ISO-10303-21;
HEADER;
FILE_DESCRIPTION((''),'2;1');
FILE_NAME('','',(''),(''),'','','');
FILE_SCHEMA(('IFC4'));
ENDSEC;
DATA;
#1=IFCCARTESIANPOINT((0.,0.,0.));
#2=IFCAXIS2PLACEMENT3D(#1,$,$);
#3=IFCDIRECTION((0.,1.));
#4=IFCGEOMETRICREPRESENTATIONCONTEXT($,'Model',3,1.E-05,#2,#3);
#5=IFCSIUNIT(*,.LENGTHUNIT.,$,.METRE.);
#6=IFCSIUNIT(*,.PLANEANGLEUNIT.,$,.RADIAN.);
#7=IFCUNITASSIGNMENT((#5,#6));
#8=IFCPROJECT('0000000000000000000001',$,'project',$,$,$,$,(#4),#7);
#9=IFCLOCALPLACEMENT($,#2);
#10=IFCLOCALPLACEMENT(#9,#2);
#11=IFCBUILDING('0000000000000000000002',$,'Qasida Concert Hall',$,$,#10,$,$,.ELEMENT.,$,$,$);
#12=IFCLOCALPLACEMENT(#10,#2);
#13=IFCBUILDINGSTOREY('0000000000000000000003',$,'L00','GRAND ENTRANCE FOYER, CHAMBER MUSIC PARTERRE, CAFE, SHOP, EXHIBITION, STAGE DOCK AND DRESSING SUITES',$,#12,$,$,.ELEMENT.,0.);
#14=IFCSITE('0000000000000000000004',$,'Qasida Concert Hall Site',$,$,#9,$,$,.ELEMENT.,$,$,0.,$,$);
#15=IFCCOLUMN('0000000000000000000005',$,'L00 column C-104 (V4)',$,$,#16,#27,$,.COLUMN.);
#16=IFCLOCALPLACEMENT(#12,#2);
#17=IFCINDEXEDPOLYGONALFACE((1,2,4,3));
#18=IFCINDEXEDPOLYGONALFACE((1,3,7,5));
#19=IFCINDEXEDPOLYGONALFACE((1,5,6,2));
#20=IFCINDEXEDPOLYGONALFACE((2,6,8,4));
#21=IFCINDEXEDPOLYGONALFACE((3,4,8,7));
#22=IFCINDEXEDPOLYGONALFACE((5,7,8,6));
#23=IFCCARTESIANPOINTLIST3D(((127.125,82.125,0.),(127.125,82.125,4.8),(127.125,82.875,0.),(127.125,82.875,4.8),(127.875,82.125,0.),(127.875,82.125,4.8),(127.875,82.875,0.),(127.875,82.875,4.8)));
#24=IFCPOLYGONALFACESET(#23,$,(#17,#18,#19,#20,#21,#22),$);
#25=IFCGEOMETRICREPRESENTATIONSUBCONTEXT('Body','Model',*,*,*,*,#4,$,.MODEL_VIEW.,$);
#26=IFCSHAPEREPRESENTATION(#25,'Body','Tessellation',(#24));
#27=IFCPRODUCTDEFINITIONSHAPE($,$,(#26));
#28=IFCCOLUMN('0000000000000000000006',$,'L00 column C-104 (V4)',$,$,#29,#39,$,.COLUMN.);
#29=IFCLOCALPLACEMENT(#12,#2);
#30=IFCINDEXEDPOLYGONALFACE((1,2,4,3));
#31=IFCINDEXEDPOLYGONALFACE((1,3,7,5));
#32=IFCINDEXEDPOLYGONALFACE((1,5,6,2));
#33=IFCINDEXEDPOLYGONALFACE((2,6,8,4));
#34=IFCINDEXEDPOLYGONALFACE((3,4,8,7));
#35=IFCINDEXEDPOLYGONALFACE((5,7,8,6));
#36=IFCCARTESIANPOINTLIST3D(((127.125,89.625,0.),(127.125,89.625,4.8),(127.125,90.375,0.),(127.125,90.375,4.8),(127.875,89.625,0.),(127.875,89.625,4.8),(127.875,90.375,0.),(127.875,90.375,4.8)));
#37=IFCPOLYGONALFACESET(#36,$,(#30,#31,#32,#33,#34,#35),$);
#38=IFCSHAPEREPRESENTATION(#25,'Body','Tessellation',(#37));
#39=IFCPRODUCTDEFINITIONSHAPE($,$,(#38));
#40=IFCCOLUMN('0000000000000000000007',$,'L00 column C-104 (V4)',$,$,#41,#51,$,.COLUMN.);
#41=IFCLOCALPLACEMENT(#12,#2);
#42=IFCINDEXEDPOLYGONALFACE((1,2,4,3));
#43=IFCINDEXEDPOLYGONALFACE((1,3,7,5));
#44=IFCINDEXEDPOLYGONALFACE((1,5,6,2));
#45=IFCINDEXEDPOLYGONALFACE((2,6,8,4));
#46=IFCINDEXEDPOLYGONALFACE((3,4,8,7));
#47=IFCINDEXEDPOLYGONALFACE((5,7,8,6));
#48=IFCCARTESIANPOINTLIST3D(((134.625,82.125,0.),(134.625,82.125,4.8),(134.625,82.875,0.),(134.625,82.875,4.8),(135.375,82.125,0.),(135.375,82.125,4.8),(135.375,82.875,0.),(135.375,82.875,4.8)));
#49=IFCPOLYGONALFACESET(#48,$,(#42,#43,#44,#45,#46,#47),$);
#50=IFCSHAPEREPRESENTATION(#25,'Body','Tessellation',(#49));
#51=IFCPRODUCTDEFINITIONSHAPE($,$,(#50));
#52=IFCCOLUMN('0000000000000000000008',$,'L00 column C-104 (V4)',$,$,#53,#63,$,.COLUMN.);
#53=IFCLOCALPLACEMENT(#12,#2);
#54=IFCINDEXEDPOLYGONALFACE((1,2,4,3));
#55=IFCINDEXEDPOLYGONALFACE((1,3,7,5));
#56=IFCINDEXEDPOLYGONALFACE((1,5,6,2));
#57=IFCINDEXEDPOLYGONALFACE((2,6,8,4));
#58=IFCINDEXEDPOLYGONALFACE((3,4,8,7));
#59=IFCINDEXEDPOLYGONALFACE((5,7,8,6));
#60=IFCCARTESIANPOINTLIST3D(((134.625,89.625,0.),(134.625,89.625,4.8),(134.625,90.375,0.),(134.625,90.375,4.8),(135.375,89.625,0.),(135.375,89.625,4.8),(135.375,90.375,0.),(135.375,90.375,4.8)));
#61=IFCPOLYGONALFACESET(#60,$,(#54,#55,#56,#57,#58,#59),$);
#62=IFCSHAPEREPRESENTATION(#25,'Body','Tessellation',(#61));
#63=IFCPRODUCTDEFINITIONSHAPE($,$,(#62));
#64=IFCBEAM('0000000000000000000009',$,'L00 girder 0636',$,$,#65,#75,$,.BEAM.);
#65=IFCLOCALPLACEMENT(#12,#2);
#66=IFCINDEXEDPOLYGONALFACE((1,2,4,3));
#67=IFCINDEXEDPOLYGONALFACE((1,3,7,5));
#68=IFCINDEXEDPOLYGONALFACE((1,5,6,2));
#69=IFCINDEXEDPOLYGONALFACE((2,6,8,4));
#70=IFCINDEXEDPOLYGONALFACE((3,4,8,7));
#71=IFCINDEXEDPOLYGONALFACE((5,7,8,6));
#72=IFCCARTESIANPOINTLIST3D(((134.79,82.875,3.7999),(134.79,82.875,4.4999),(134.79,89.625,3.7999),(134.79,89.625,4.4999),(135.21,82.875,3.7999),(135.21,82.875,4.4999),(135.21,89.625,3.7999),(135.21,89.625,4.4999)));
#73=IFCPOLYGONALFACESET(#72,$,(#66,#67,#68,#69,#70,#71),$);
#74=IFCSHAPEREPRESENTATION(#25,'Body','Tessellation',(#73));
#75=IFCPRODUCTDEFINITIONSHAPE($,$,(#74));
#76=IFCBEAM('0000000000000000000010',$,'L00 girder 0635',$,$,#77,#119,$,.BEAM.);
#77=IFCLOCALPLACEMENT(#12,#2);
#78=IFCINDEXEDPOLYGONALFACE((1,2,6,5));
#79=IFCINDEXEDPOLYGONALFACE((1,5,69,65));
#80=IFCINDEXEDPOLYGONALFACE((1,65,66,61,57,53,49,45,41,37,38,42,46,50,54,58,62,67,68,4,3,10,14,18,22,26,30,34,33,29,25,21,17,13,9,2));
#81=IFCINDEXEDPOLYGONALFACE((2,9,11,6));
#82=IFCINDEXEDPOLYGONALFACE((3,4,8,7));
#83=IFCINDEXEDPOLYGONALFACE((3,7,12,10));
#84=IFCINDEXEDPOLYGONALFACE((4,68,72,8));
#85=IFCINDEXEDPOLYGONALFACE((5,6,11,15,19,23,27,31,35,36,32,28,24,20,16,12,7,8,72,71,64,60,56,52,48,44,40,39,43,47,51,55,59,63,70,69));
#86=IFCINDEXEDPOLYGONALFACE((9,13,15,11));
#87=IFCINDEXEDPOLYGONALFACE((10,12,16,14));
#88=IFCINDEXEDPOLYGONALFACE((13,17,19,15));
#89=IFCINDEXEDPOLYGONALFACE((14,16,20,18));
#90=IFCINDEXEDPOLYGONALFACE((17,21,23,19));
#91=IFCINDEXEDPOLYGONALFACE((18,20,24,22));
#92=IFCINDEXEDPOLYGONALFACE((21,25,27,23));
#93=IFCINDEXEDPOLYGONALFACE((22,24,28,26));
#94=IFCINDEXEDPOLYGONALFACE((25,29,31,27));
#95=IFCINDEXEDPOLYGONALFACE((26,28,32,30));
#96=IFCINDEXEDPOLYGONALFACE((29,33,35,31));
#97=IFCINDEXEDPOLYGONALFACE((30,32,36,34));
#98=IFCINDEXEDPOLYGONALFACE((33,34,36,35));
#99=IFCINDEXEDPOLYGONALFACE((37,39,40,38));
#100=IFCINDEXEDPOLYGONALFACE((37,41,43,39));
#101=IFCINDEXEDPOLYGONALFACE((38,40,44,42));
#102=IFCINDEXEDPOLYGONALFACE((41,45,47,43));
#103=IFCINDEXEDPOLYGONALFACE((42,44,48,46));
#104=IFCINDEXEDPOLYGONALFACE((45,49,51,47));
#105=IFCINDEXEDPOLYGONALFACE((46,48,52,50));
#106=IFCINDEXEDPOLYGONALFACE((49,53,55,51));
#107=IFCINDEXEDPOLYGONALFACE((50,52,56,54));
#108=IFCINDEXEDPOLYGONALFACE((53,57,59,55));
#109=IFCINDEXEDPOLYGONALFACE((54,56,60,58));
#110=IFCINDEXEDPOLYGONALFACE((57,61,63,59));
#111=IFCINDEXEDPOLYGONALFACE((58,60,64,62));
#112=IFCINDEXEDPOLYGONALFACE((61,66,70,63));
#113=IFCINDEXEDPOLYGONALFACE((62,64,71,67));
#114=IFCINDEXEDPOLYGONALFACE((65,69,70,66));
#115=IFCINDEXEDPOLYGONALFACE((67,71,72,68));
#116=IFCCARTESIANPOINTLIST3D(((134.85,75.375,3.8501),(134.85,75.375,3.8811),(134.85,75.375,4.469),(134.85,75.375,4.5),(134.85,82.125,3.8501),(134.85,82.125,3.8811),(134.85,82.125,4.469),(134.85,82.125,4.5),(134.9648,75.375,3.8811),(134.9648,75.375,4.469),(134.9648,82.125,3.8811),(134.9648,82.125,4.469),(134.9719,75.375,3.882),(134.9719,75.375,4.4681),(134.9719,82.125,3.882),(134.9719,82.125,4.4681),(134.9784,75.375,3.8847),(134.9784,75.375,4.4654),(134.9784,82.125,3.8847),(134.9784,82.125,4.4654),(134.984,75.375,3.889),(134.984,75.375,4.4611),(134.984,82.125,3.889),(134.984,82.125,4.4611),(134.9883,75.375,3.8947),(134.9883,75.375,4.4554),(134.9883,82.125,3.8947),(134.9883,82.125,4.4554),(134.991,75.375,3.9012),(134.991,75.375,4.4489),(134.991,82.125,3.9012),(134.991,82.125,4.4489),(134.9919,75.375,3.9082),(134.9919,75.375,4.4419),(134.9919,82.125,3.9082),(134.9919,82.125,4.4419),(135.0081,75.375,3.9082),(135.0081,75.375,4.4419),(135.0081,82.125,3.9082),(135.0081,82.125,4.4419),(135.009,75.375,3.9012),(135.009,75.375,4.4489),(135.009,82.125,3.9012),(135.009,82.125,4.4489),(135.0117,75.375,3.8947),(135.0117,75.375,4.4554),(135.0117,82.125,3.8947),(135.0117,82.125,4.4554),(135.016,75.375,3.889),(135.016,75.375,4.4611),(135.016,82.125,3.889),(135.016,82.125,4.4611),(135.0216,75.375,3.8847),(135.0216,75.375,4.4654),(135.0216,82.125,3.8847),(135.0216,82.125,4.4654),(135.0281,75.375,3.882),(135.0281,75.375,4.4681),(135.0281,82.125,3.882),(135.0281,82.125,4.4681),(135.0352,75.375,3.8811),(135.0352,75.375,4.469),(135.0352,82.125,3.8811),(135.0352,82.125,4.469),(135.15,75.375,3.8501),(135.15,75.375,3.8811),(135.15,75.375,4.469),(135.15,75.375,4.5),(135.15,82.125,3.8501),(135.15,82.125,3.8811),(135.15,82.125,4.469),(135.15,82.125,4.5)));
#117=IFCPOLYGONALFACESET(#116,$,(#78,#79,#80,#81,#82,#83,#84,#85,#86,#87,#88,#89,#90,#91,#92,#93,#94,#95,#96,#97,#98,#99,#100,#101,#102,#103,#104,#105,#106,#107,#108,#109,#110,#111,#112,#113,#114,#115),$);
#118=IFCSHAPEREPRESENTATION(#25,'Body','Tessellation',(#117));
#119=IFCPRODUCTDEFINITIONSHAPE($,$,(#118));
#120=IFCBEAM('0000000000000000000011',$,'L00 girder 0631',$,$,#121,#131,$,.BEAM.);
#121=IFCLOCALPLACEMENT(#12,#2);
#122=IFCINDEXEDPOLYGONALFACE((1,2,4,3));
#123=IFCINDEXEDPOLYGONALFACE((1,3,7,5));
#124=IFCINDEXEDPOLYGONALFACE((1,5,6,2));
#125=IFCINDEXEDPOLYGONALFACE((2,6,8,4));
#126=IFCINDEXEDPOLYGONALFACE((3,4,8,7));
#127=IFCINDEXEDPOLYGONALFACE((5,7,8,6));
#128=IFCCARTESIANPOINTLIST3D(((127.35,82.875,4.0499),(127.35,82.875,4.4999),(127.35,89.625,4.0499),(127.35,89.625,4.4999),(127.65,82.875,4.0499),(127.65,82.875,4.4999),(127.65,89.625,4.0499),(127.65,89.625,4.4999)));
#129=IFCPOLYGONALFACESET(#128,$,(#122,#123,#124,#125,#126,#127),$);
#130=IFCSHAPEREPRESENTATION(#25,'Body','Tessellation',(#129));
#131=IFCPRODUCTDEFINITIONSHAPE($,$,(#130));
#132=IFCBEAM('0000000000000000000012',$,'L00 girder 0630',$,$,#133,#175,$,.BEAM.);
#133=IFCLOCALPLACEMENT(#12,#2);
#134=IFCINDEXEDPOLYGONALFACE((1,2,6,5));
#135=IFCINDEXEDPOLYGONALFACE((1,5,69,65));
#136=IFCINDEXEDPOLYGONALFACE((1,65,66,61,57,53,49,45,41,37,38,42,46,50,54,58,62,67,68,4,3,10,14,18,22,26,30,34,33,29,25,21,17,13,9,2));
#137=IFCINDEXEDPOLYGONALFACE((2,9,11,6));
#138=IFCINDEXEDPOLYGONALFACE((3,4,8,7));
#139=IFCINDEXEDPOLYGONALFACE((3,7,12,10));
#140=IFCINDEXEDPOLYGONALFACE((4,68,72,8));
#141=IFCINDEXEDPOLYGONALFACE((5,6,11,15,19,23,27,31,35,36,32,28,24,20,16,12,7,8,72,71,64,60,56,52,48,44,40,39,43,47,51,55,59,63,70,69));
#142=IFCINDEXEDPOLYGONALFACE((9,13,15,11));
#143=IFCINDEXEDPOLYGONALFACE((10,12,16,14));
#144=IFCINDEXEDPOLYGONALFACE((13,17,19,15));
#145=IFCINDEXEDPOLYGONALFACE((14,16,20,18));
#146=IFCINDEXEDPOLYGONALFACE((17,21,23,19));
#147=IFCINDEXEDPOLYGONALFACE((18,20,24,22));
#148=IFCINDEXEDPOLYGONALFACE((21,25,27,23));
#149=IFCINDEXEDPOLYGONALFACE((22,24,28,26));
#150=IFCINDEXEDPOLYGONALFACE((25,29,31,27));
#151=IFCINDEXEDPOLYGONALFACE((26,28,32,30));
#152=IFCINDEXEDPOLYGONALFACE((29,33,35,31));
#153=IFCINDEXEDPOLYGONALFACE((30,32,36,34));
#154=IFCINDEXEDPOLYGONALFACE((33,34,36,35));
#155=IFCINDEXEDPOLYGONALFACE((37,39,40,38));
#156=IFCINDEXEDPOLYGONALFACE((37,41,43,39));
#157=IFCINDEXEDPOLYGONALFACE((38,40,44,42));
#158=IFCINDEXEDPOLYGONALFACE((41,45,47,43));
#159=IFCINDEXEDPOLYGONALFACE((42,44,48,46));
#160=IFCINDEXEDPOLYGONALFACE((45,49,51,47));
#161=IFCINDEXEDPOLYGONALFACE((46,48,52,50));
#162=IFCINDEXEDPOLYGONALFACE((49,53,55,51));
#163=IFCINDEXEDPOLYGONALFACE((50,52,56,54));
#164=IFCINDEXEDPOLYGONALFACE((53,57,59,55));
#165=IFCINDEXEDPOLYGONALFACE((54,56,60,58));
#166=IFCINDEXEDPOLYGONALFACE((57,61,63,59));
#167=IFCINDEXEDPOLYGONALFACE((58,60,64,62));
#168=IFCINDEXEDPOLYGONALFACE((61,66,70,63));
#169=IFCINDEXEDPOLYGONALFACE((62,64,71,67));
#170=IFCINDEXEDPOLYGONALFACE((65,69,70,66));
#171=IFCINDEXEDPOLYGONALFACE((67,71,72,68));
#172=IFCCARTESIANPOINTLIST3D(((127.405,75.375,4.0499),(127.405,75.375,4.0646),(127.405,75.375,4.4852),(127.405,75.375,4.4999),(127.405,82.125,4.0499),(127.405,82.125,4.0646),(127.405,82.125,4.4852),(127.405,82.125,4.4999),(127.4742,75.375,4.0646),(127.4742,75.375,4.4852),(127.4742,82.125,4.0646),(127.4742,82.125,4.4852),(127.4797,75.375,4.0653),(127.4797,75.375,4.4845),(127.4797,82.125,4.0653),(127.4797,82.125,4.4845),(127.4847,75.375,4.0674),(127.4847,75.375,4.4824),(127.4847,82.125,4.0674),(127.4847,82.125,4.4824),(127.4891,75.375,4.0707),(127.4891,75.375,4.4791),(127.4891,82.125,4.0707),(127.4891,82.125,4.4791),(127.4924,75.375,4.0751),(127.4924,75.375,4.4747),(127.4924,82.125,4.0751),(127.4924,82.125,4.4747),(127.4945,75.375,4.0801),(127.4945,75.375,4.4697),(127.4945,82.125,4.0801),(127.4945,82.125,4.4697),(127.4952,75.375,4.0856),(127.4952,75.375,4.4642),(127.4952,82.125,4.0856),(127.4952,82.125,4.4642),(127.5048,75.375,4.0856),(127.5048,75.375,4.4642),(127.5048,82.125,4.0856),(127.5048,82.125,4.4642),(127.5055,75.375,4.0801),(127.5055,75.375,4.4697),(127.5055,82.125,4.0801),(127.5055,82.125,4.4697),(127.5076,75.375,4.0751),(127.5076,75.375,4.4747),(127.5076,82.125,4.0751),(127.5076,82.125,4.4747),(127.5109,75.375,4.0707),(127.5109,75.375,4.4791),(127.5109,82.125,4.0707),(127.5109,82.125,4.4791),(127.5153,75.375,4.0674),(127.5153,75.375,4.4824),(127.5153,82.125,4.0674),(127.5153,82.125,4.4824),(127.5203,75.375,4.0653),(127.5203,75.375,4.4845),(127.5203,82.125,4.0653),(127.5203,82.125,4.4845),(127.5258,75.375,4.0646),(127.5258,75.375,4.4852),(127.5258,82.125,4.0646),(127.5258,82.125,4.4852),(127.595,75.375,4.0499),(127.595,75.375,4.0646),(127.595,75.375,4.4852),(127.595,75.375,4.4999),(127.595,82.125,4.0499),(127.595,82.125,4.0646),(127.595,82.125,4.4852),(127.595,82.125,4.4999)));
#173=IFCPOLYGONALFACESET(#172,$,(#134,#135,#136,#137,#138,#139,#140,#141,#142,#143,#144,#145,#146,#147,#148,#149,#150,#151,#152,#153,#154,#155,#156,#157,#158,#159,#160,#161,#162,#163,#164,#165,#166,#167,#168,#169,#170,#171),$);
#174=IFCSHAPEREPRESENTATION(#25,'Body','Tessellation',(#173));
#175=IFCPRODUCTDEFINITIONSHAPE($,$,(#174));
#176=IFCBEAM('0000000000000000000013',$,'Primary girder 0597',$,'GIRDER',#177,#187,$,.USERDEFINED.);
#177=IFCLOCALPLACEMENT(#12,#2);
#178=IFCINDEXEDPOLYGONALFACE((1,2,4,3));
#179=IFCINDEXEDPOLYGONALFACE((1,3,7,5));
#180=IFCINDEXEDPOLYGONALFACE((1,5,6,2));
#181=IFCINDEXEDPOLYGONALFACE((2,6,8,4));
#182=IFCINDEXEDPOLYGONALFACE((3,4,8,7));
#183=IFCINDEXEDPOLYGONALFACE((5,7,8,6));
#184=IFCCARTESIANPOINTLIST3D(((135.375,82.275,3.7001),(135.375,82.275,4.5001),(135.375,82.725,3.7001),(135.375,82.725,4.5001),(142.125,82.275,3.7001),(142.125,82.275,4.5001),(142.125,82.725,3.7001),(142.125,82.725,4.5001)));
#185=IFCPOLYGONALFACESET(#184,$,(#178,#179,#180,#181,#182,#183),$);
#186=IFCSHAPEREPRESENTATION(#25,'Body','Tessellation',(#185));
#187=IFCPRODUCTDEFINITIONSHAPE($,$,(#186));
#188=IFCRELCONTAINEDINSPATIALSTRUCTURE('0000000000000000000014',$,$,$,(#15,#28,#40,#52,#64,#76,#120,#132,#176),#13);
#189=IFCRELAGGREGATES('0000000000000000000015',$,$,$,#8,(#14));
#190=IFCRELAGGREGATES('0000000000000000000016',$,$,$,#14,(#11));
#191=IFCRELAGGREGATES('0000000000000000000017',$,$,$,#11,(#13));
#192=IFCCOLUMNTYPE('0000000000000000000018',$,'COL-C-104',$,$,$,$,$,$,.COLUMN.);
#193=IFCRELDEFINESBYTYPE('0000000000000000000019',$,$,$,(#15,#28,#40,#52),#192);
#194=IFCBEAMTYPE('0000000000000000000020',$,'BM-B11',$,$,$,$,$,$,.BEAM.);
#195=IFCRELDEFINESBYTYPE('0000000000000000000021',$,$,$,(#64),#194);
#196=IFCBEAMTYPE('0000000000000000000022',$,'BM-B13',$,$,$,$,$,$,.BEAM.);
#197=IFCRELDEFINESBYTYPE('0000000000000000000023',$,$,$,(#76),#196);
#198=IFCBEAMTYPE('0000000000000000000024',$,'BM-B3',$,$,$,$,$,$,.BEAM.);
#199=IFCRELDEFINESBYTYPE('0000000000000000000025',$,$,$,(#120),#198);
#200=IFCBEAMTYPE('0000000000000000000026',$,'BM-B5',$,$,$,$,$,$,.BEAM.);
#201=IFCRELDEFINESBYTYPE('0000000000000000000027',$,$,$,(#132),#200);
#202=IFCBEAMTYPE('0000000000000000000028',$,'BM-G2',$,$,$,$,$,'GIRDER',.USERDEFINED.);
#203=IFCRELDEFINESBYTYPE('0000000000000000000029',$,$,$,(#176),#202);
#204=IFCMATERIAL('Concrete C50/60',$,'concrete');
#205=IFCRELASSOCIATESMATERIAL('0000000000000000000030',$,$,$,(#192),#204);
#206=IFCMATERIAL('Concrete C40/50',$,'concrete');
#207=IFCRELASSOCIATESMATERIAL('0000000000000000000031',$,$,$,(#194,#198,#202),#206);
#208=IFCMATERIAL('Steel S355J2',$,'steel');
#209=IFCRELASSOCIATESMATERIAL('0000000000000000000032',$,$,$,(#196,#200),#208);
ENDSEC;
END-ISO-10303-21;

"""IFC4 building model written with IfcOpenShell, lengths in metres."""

from ifc_helpers import new_model, si_unit, direction, frame, origin, origin_2d, place, context, subcontext, project, spatial, rectangle, i_section, extrude, material, material_profile, profile_set, type_object, element, save


model = new_model("IFC4")

# Units and contexts
model_context = context("Model", 3, precision=1e-05, world=origin(), true_north=direction((0.0, 1.0)))
body_context = subcontext(model_context, "Body", "Model", "MODEL_VIEW")
ifc_project = project(units=[si_unit("LENGTHUNIT", "METRE"), si_unit("PLANEANGLEUNIT", "RADIAN")], contexts=[model_context])

# Site, building, storey
site_placement = place(None, origin())
site = spatial("IfcSite", under=ifc_project, at=site_placement, Name="Qasida Concert Hall Site", CompositionType="ELEMENT", RefElevation=0.0)
building_placement = place(site_placement, origin())
building = spatial("IfcBuilding", under=site, at=building_placement, Name="Qasida Concert Hall", CompositionType="ELEMENT")
storey_placement = place(building_placement, origin())
storey = spatial("IfcBuildingStorey", under=building, at=storey_placement, Name="L00", Description="GRAND ENTRANCE FOYER, CHAMBER MUSIC PARTERRE, CAFE, SHOP, EXHIBITION, STAGE DOCK AND DRESSING SUITES", CompositionType="ELEMENT", Elevation=0.0)

# Columns
ifc_material_1 = material(Name="Concrete C50/60", Category="concrete")
ifc_material_profile_1 = material_profile(ifc_material_1, rectangle(XDim=0.75, YDim=0.75, at=origin_2d()), Name="RC 750x750")
ifc_profile_set_1 = profile_set([ifc_material_profile_1], Name="Concrete C50/60")
column_type = type_object("IfcColumnType", Name="COL-C-104", PredefinedType="COLUMN", material=ifc_profile_set_1)
for number, where, z_axis, x_axis, name in (
    (1, (127.5, 82.5, 0.0), (0.0, 0.0, 1.0), (1.0, 0.0, 0.0), "L00 column C-104 (V4)"),
    (2, (127.5, 90.0, 0.0), (0.0, 0.0, 1.0), (1.0, 0.0, 0.0), "L00 column C-104 (V4)"),
    (3, (135.0, 82.5, 0.0), (0.0, 0.0, 1.0), (1.0, 0.0, 0.0), "L00 column C-104 (V4)"),
    (4, (135.0, 90.0, 0.0), (0.0, 0.0, 1.0), (1.0, 0.0, 0.0), "L00 column C-104 (V4)"),
):
    element("IfcColumn", number, at=place(storey_placement, frame(where, z_axis=z_axis, x_axis=x_axis)), inside=storey, type_object=column_type, Name=name, PredefinedType="COLUMN", context=body_context, shape_type="SweptSolid", body=[
        extrude(rectangle(XDim=0.75, YDim=0.75, at=origin_2d()), origin(), (0.0, 0.0, 1.0), 4.8),
    ])

# Beams
ifc_material_2 = material(Name="Concrete C40/50", Category="concrete")
ifc_material_profile_2 = material_profile(ifc_material_2, rectangle(XDim=0.4199, YDim=0.7, at=origin_2d()), Name="RC 420x700")
ifc_profile_set_2 = profile_set([ifc_material_profile_2], Name="Concrete C40/50")
beam_type_1 = type_object("IfcBeamType", Name="BM-B11", PredefinedType="BEAM", material=ifc_profile_set_2)
beam_1_placement = place(storey_placement, frame((135.0, 82.875, 4.1499), z_axis=(0.0, 1.0, 0.0), x_axis=(-1.0, 0.0, 0.0)))
element("IfcBeam", 5, at=beam_1_placement, inside=storey, type_object=beam_type_1, Name="L00 girder 0636", PredefinedType="BEAM", context=body_context, shape_type="SweptSolid", body=[
    extrude(rectangle(XDim=0.4199, YDim=0.7, at=origin_2d()), origin(), (0.0, 0.0, 1.0), 6.75),
])
ifc_material_3 = material(Name="Steel S355J2", Category="steel")
ifc_material_profile_3 = material_profile(ifc_material_3, i_section(OverallWidth=0.3, OverallDepth=0.6499, WebThickness=0.0161, FlangeThickness=0.031, FilletRadius=0.0271, at=origin_2d()), Name="HEB 650")
ifc_profile_set_3 = profile_set([ifc_material_profile_3], Name="Steel S355J2")
beam_type_2 = type_object("IfcBeamType", Name="BM-B13", PredefinedType="BEAM", material=ifc_profile_set_3)
beam_2_placement = place(storey_placement, frame((135.0, 75.375, 4.175), z_axis=(0.0, 1.0, 0.0), x_axis=(-1.0, 0.0, 0.0)))
element("IfcBeam", 6, at=beam_2_placement, inside=storey, type_object=beam_type_2, Name="L00 girder 0635", PredefinedType="BEAM", context=body_context, shape_type="SweptSolid", body=[
    extrude(i_section(OverallWidth=0.3, OverallDepth=0.6499, WebThickness=0.0161, FlangeThickness=0.031, FilletRadius=0.0271, at=origin_2d()), origin(), (0.0, 0.0, 1.0), 6.75),
])
ifc_material_profile_4 = material_profile(ifc_material_2, rectangle(XDim=0.3, YDim=0.45, at=origin_2d()), Name="RC 300x450")
ifc_profile_set_4 = profile_set([ifc_material_profile_4], Name="Concrete C40/50")
beam_type_3 = type_object("IfcBeamType", Name="BM-B3", PredefinedType="BEAM", material=ifc_profile_set_4)
beam_3_placement = place(storey_placement, frame((127.5, 82.875, 4.2749), z_axis=(0.0, 1.0, 0.0), x_axis=(-1.0, 0.0, 0.0)))
element("IfcBeam", 7, at=beam_3_placement, inside=storey, type_object=beam_type_3, Name="L00 girder 0631", PredefinedType="BEAM", context=body_context, shape_type="SweptSolid", body=[
    extrude(rectangle(XDim=0.3, YDim=0.45, at=origin_2d()), origin(), (0.0, 0.0, 1.0), 6.75),
])
ifc_material_profile_5 = material_profile(ifc_material_3, i_section(OverallWidth=0.1899, OverallDepth=0.45, WebThickness=0.0095, FlangeThickness=0.0146, FilletRadius=0.021, at=origin_2d()), Name="IPE 450")
ifc_profile_set_5 = profile_set([ifc_material_profile_5], Name="Steel S355J2")
beam_type_4 = type_object("IfcBeamType", Name="BM-B5", PredefinedType="BEAM", material=ifc_profile_set_5)
beam_4_placement = place(storey_placement, frame((127.5, 75.375, 4.2749), z_axis=(0.0, 1.0, 0.0), x_axis=(-1.0, 0.0, 0.0)))
element("IfcBeam", 8, at=beam_4_placement, inside=storey, type_object=beam_type_4, Name="L00 girder 0630", PredefinedType="BEAM", context=body_context, shape_type="SweptSolid", body=[
    extrude(i_section(OverallWidth=0.1899, OverallDepth=0.45, WebThickness=0.0095, FlangeThickness=0.0146, FilletRadius=0.021, at=origin_2d()), origin(), (0.0, 0.0, 1.0), 6.75),
])
ifc_material_profile_6 = material_profile(ifc_material_2, rectangle(XDim=0.45, YDim=0.8, at=origin_2d()), Name="RC 450x800")
ifc_profile_set_6 = profile_set([ifc_material_profile_6], Name="Concrete C40/50")
beam_type_5 = type_object("IfcBeamType", Name="BM-G2", ElementType="GIRDER", PredefinedType="USERDEFINED", material=ifc_profile_set_6)
beam_5_placement = place(storey_placement, frame((135.375, 82.5, 4.1001), z_axis=(1.0, 0.0, 0.0), x_axis=(0.0, 1.0, 0.0)))
element("IfcBeam", 9, at=beam_5_placement, inside=storey, type_object=beam_type_5, Name="Primary girder 0597", ObjectType="GIRDER", PredefinedType="USERDEFINED", context=body_context, shape_type="SweptSolid", body=[
    extrude(rectangle(XDim=0.45, YDim=0.8, at=origin_2d()), origin(), (0.0, 0.0, 1.0), 6.75),
])

save(model, "model.ifc")
